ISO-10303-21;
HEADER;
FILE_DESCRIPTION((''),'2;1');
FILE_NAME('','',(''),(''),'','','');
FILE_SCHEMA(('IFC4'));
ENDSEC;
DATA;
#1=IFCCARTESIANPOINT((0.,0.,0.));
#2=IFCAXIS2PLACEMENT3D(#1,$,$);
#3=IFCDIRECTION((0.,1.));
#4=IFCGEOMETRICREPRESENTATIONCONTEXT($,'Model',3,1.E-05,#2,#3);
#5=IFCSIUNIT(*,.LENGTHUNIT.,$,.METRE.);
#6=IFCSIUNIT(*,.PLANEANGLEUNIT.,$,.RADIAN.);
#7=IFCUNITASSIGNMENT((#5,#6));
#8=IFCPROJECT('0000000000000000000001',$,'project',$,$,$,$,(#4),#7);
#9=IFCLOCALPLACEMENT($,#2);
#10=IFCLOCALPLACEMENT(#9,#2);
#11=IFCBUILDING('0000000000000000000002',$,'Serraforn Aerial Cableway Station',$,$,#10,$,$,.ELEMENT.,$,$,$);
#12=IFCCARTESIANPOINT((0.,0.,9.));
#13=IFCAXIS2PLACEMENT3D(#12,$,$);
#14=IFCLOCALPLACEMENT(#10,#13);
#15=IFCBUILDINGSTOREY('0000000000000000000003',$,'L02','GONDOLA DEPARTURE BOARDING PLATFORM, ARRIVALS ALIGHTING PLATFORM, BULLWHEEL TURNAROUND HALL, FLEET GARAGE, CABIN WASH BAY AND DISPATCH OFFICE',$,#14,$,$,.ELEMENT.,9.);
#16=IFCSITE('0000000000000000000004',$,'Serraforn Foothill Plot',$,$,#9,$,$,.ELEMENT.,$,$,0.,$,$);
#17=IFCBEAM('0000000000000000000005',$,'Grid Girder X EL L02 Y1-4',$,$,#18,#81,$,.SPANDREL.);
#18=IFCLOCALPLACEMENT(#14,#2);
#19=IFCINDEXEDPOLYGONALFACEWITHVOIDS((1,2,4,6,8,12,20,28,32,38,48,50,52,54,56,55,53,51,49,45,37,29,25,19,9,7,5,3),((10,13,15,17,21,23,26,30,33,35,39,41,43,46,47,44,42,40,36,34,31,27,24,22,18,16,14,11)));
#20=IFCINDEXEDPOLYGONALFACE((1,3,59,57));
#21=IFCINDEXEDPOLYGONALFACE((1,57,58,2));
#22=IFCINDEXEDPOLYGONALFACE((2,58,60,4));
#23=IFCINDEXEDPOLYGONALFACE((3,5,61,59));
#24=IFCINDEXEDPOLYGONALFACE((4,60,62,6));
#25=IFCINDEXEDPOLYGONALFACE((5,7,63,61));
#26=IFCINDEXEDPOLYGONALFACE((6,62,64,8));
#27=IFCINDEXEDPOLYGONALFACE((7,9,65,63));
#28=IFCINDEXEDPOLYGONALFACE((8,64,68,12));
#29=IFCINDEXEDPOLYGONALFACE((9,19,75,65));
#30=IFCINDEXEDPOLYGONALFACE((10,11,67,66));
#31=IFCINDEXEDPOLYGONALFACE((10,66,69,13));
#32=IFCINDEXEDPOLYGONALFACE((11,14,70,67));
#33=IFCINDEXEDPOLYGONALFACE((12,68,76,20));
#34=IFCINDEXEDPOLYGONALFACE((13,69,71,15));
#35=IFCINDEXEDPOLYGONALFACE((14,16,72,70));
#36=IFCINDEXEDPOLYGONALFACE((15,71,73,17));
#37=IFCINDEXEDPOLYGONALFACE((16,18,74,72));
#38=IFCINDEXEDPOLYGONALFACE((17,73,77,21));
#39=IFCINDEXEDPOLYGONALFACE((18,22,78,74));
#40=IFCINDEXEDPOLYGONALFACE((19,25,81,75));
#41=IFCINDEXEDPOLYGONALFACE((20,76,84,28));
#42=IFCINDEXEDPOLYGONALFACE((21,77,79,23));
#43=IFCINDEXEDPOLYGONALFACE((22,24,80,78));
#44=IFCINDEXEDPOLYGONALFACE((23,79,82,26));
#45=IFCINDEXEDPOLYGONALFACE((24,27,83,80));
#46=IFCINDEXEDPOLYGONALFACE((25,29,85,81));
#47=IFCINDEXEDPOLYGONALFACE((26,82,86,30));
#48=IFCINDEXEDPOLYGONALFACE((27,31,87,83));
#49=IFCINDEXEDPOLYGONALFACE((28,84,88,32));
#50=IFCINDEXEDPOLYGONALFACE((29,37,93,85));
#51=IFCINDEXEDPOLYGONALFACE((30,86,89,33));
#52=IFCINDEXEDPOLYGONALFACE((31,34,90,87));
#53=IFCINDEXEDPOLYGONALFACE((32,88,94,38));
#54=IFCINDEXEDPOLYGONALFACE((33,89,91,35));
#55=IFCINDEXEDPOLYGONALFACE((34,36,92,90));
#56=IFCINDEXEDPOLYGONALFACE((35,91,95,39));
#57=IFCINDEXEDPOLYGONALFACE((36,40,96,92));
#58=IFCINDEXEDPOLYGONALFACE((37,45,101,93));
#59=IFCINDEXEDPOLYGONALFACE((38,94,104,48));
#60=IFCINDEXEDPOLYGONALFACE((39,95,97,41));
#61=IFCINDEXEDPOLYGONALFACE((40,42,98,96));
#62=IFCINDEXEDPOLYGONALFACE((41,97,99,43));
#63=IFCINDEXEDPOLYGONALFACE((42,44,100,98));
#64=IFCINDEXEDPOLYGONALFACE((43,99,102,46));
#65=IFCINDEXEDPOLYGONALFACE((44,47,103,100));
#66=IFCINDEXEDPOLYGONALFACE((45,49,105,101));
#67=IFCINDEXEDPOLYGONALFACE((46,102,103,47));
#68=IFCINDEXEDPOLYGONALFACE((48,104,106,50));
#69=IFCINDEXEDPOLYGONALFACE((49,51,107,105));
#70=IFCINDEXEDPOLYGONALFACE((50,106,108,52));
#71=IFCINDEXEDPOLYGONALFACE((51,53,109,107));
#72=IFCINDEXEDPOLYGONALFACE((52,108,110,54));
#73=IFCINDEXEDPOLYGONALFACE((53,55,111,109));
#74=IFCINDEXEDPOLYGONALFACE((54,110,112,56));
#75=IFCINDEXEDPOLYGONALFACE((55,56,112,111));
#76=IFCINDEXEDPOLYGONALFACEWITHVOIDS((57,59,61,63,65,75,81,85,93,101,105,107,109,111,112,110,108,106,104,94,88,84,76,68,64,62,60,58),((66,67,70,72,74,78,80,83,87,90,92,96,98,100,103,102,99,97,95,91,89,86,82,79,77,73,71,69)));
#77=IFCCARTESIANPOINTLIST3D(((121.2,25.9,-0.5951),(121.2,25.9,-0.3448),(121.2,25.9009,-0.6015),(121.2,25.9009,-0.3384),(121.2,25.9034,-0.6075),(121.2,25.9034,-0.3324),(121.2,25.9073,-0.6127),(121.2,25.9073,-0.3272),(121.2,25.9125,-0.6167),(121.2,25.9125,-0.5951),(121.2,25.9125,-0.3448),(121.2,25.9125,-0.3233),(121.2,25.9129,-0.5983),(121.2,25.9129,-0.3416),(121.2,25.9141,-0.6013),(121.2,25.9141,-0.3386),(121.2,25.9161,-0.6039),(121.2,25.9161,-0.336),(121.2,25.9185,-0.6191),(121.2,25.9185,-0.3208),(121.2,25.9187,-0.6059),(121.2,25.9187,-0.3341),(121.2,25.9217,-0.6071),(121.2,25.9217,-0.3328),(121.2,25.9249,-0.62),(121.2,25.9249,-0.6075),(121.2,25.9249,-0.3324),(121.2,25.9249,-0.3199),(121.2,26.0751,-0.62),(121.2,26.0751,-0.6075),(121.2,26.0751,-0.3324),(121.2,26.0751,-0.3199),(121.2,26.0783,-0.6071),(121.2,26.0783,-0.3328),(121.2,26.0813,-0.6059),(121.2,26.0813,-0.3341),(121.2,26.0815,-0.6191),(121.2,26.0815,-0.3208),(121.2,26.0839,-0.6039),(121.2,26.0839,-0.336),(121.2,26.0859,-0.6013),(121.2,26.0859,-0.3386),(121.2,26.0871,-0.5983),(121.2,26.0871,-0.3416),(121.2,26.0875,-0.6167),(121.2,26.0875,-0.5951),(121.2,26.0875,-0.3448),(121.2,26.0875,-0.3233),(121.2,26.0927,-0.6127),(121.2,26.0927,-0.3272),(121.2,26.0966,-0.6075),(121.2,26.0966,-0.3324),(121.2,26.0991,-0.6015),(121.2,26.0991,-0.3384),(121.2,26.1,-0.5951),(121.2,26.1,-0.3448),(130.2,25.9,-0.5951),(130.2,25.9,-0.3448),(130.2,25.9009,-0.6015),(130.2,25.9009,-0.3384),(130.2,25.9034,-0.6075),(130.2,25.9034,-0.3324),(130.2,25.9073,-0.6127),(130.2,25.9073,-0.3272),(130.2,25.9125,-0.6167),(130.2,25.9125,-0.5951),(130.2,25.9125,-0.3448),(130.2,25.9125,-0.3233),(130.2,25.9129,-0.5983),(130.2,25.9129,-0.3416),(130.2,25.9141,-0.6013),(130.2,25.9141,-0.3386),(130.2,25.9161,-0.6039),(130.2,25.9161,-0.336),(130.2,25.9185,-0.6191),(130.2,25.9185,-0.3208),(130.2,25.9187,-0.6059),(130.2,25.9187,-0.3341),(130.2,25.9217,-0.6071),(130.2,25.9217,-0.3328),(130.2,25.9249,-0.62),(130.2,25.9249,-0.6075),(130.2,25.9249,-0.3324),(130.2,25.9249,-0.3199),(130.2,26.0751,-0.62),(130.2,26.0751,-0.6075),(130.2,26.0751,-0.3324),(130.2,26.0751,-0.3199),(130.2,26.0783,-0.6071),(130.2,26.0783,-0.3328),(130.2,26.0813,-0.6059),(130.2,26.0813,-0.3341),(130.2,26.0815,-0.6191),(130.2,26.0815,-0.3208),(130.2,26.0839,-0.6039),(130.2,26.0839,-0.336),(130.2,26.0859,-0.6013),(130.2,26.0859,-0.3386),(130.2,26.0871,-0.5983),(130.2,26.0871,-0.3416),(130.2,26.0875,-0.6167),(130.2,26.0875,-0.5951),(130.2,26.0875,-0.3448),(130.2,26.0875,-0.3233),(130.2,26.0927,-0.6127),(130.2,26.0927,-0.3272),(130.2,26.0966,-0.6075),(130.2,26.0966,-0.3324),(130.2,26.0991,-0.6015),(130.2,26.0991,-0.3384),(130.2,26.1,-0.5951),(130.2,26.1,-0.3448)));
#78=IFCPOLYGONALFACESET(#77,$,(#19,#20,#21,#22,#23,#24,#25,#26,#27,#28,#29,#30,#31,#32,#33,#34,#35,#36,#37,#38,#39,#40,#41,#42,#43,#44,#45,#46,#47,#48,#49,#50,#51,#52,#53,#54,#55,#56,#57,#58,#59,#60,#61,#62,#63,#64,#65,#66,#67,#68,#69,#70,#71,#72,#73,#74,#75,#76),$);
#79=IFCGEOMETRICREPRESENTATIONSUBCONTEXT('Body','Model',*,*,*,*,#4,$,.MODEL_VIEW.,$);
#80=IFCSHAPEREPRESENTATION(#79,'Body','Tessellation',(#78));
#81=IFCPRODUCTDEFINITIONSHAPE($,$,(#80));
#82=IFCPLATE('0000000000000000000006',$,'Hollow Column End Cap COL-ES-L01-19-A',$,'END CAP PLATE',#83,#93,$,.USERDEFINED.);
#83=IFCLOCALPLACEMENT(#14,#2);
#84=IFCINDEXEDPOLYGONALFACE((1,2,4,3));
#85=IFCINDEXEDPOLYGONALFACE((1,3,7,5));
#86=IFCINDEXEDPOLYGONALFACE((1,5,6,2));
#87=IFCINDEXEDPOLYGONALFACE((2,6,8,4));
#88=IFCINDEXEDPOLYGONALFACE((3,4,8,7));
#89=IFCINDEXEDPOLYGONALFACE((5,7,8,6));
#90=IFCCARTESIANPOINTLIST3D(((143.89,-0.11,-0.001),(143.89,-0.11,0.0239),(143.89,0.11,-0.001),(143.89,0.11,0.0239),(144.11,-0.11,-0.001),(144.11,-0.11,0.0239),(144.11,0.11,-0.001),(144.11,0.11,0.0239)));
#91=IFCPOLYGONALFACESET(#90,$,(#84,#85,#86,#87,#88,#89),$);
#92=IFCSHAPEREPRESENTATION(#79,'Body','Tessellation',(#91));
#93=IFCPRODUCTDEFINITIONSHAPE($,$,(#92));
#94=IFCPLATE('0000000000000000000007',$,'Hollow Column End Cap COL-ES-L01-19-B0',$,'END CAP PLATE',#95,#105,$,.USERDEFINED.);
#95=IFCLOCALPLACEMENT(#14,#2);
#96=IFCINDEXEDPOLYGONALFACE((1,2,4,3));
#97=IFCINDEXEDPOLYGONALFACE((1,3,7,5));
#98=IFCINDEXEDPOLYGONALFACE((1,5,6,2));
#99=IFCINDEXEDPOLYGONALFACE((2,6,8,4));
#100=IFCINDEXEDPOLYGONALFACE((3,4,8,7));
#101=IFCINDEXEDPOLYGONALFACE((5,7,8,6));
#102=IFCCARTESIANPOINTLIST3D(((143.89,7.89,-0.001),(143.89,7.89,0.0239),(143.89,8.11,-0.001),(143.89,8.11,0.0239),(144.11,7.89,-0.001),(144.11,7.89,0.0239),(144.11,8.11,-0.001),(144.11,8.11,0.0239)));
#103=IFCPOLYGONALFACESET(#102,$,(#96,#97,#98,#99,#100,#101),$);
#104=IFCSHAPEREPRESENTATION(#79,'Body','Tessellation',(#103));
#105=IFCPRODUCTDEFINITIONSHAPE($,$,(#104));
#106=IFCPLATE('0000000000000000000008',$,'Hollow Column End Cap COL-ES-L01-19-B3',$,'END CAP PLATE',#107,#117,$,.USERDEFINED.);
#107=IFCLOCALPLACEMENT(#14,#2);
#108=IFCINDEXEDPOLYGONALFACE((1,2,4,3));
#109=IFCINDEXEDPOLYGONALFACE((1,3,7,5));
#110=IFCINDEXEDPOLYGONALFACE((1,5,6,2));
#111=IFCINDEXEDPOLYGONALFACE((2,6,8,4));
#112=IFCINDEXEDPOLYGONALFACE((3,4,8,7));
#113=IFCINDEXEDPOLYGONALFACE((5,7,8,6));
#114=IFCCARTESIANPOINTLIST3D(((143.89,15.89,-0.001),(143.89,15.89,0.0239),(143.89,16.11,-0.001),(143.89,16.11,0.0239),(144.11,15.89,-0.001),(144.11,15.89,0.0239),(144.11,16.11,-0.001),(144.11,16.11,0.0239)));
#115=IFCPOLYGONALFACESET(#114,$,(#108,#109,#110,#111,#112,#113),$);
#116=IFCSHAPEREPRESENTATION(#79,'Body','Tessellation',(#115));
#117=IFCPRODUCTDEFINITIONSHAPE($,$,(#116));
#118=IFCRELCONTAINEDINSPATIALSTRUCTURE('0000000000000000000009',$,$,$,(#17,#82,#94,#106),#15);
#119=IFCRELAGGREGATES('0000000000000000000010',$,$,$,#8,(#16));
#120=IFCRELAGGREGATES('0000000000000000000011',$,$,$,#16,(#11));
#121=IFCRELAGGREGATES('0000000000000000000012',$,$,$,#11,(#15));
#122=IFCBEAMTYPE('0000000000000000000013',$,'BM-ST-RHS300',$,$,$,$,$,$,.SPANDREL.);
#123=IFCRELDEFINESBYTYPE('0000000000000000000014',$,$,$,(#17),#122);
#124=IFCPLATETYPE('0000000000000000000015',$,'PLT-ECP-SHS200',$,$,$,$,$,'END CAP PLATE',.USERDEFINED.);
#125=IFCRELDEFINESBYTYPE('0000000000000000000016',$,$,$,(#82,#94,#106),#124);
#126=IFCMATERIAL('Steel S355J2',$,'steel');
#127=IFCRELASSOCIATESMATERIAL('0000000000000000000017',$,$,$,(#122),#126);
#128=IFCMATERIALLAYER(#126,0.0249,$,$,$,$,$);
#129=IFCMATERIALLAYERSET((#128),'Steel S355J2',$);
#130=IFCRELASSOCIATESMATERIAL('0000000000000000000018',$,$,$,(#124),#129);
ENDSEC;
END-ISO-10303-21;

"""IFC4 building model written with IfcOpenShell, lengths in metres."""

from ifc_helpers import new_model, si_unit, direction, frame, origin, origin_2d, place, context, subcontext, project, spatial, rectangle, hollow_rectangle, extrude, material, layer, layer_set, material_profile, profile_set, type_object, element, save


model = new_model("IFC4")

# Units and contexts
model_context = context("Model", 3, precision=1e-05, world=origin(), true_north=direction((0.0, 1.0)))
body_context = subcontext(model_context, "Body", "Model", "MODEL_VIEW")
ifc_project = project(units=[si_unit("LENGTHUNIT", "METRE"), si_unit("PLANEANGLEUNIT", "RADIAN")], contexts=[model_context])

# Site, building, storey
site_placement = place(None, origin())
site = spatial("IfcSite", under=ifc_project, at=site_placement, Name="Serraforn Foothill Plot", CompositionType="ELEMENT", RefElevation=0.0)
building_placement = place(site_placement, origin())
building = spatial("IfcBuilding", under=site, at=building_placement, Name="Serraforn Aerial Cableway Station", CompositionType="ELEMENT")
storey_placement = place(building_placement, frame((0.0, 0.0, 9.0)))
storey = spatial("IfcBuildingStorey", under=building, at=storey_placement, Name="L02", Description="GONDOLA DEPARTURE BOARDING PLATFORM, ARRIVALS ALIGHTING PLATFORM, BULLWHEEL TURNAROUND HALL, FLEET GARAGE, CABIN WASH BAY AND DISPATCH OFFICE", CompositionType="ELEMENT", Elevation=9.0)

# Shared definitions
ifc_material_1 = material(Name="Steel S355J2", Category="steel")

# Beam
ifc_material_profile_1 = material_profile(ifc_material_1, hollow_rectangle(XDim=0.2, YDim=0.3, WallThickness=0.0125, InnerFilletRadius=0.0125, OuterFilletRadius=0.0249, at=origin_2d()), Name="RHS 300x200x12.5")
ifc_profile_set_1 = profile_set([ifc_material_profile_1], Name="Steel S355J2")
beam_type_1 = type_object("IfcBeamType", Name="BM-ST-RHS300", PredefinedType="SPANDREL", material=ifc_profile_set_1)
beam_1_placement = place(storey_placement, frame((121.2, 26.0, -0.47), z_axis=(1.0, 0.0, 0.0), x_axis=(0.0, 1.0, 0.0)))
element("IfcBeam", 1, at=beam_1_placement, inside=storey, type_object=beam_type_1, Name="Grid Girder X EL L02 Y1-4", PredefinedType="SPANDREL", context=body_context, shape_type="SweptSolid", body=[
    extrude(hollow_rectangle(XDim=0.2, YDim=0.3, WallThickness=0.0125, InnerFilletRadius=0.0125, OuterFilletRadius=0.0249, at=origin_2d()), origin(), (0.0, 0.0, 1.0), 9.0),
])

# Plates
ifc_layer_1 = layer(ifc_material_1, 0.0249)
ifc_layer_set_1 = layer_set([ifc_layer_1], Name="Steel S355J2")
plate_type = type_object("IfcPlateType", Name="PLT-ECP-SHS200", ElementType="END CAP PLATE", PredefinedType="USERDEFINED", material=ifc_layer_set_1)
for number, where, z_axis, x_axis, name in (
    (2, (144.0, 0.0, -0.001), (0.0, 0.0, 1.0), (1.0, 0.0, 0.0), "Hollow Column End Cap COL-ES-L01-19-A"),
    (3, (144.0, 8.0, -0.001), (0.0, 0.0, 1.0), (1.0, 0.0, 0.0), "Hollow Column End Cap COL-ES-L01-19-B0"),
    (4, (144.0, 16.0, -0.001), (0.0, 0.0, 1.0), (1.0, 0.0, 0.0), "Hollow Column End Cap COL-ES-L01-19-B3"),
):
    element("IfcPlate", number, at=place(storey_placement, frame(where, z_axis=z_axis, x_axis=x_axis)), inside=storey, type_object=plate_type, Name=name, ObjectType="END CAP PLATE", PredefinedType="USERDEFINED", context=body_context, shape_type="SweptSolid", body=[
        extrude(rectangle(XDim=0.22, YDim=0.22, at=origin_2d()), origin(), (0.0, 0.0, 1.0), 0.0249),
    ])

save(model, "model.ifc")
